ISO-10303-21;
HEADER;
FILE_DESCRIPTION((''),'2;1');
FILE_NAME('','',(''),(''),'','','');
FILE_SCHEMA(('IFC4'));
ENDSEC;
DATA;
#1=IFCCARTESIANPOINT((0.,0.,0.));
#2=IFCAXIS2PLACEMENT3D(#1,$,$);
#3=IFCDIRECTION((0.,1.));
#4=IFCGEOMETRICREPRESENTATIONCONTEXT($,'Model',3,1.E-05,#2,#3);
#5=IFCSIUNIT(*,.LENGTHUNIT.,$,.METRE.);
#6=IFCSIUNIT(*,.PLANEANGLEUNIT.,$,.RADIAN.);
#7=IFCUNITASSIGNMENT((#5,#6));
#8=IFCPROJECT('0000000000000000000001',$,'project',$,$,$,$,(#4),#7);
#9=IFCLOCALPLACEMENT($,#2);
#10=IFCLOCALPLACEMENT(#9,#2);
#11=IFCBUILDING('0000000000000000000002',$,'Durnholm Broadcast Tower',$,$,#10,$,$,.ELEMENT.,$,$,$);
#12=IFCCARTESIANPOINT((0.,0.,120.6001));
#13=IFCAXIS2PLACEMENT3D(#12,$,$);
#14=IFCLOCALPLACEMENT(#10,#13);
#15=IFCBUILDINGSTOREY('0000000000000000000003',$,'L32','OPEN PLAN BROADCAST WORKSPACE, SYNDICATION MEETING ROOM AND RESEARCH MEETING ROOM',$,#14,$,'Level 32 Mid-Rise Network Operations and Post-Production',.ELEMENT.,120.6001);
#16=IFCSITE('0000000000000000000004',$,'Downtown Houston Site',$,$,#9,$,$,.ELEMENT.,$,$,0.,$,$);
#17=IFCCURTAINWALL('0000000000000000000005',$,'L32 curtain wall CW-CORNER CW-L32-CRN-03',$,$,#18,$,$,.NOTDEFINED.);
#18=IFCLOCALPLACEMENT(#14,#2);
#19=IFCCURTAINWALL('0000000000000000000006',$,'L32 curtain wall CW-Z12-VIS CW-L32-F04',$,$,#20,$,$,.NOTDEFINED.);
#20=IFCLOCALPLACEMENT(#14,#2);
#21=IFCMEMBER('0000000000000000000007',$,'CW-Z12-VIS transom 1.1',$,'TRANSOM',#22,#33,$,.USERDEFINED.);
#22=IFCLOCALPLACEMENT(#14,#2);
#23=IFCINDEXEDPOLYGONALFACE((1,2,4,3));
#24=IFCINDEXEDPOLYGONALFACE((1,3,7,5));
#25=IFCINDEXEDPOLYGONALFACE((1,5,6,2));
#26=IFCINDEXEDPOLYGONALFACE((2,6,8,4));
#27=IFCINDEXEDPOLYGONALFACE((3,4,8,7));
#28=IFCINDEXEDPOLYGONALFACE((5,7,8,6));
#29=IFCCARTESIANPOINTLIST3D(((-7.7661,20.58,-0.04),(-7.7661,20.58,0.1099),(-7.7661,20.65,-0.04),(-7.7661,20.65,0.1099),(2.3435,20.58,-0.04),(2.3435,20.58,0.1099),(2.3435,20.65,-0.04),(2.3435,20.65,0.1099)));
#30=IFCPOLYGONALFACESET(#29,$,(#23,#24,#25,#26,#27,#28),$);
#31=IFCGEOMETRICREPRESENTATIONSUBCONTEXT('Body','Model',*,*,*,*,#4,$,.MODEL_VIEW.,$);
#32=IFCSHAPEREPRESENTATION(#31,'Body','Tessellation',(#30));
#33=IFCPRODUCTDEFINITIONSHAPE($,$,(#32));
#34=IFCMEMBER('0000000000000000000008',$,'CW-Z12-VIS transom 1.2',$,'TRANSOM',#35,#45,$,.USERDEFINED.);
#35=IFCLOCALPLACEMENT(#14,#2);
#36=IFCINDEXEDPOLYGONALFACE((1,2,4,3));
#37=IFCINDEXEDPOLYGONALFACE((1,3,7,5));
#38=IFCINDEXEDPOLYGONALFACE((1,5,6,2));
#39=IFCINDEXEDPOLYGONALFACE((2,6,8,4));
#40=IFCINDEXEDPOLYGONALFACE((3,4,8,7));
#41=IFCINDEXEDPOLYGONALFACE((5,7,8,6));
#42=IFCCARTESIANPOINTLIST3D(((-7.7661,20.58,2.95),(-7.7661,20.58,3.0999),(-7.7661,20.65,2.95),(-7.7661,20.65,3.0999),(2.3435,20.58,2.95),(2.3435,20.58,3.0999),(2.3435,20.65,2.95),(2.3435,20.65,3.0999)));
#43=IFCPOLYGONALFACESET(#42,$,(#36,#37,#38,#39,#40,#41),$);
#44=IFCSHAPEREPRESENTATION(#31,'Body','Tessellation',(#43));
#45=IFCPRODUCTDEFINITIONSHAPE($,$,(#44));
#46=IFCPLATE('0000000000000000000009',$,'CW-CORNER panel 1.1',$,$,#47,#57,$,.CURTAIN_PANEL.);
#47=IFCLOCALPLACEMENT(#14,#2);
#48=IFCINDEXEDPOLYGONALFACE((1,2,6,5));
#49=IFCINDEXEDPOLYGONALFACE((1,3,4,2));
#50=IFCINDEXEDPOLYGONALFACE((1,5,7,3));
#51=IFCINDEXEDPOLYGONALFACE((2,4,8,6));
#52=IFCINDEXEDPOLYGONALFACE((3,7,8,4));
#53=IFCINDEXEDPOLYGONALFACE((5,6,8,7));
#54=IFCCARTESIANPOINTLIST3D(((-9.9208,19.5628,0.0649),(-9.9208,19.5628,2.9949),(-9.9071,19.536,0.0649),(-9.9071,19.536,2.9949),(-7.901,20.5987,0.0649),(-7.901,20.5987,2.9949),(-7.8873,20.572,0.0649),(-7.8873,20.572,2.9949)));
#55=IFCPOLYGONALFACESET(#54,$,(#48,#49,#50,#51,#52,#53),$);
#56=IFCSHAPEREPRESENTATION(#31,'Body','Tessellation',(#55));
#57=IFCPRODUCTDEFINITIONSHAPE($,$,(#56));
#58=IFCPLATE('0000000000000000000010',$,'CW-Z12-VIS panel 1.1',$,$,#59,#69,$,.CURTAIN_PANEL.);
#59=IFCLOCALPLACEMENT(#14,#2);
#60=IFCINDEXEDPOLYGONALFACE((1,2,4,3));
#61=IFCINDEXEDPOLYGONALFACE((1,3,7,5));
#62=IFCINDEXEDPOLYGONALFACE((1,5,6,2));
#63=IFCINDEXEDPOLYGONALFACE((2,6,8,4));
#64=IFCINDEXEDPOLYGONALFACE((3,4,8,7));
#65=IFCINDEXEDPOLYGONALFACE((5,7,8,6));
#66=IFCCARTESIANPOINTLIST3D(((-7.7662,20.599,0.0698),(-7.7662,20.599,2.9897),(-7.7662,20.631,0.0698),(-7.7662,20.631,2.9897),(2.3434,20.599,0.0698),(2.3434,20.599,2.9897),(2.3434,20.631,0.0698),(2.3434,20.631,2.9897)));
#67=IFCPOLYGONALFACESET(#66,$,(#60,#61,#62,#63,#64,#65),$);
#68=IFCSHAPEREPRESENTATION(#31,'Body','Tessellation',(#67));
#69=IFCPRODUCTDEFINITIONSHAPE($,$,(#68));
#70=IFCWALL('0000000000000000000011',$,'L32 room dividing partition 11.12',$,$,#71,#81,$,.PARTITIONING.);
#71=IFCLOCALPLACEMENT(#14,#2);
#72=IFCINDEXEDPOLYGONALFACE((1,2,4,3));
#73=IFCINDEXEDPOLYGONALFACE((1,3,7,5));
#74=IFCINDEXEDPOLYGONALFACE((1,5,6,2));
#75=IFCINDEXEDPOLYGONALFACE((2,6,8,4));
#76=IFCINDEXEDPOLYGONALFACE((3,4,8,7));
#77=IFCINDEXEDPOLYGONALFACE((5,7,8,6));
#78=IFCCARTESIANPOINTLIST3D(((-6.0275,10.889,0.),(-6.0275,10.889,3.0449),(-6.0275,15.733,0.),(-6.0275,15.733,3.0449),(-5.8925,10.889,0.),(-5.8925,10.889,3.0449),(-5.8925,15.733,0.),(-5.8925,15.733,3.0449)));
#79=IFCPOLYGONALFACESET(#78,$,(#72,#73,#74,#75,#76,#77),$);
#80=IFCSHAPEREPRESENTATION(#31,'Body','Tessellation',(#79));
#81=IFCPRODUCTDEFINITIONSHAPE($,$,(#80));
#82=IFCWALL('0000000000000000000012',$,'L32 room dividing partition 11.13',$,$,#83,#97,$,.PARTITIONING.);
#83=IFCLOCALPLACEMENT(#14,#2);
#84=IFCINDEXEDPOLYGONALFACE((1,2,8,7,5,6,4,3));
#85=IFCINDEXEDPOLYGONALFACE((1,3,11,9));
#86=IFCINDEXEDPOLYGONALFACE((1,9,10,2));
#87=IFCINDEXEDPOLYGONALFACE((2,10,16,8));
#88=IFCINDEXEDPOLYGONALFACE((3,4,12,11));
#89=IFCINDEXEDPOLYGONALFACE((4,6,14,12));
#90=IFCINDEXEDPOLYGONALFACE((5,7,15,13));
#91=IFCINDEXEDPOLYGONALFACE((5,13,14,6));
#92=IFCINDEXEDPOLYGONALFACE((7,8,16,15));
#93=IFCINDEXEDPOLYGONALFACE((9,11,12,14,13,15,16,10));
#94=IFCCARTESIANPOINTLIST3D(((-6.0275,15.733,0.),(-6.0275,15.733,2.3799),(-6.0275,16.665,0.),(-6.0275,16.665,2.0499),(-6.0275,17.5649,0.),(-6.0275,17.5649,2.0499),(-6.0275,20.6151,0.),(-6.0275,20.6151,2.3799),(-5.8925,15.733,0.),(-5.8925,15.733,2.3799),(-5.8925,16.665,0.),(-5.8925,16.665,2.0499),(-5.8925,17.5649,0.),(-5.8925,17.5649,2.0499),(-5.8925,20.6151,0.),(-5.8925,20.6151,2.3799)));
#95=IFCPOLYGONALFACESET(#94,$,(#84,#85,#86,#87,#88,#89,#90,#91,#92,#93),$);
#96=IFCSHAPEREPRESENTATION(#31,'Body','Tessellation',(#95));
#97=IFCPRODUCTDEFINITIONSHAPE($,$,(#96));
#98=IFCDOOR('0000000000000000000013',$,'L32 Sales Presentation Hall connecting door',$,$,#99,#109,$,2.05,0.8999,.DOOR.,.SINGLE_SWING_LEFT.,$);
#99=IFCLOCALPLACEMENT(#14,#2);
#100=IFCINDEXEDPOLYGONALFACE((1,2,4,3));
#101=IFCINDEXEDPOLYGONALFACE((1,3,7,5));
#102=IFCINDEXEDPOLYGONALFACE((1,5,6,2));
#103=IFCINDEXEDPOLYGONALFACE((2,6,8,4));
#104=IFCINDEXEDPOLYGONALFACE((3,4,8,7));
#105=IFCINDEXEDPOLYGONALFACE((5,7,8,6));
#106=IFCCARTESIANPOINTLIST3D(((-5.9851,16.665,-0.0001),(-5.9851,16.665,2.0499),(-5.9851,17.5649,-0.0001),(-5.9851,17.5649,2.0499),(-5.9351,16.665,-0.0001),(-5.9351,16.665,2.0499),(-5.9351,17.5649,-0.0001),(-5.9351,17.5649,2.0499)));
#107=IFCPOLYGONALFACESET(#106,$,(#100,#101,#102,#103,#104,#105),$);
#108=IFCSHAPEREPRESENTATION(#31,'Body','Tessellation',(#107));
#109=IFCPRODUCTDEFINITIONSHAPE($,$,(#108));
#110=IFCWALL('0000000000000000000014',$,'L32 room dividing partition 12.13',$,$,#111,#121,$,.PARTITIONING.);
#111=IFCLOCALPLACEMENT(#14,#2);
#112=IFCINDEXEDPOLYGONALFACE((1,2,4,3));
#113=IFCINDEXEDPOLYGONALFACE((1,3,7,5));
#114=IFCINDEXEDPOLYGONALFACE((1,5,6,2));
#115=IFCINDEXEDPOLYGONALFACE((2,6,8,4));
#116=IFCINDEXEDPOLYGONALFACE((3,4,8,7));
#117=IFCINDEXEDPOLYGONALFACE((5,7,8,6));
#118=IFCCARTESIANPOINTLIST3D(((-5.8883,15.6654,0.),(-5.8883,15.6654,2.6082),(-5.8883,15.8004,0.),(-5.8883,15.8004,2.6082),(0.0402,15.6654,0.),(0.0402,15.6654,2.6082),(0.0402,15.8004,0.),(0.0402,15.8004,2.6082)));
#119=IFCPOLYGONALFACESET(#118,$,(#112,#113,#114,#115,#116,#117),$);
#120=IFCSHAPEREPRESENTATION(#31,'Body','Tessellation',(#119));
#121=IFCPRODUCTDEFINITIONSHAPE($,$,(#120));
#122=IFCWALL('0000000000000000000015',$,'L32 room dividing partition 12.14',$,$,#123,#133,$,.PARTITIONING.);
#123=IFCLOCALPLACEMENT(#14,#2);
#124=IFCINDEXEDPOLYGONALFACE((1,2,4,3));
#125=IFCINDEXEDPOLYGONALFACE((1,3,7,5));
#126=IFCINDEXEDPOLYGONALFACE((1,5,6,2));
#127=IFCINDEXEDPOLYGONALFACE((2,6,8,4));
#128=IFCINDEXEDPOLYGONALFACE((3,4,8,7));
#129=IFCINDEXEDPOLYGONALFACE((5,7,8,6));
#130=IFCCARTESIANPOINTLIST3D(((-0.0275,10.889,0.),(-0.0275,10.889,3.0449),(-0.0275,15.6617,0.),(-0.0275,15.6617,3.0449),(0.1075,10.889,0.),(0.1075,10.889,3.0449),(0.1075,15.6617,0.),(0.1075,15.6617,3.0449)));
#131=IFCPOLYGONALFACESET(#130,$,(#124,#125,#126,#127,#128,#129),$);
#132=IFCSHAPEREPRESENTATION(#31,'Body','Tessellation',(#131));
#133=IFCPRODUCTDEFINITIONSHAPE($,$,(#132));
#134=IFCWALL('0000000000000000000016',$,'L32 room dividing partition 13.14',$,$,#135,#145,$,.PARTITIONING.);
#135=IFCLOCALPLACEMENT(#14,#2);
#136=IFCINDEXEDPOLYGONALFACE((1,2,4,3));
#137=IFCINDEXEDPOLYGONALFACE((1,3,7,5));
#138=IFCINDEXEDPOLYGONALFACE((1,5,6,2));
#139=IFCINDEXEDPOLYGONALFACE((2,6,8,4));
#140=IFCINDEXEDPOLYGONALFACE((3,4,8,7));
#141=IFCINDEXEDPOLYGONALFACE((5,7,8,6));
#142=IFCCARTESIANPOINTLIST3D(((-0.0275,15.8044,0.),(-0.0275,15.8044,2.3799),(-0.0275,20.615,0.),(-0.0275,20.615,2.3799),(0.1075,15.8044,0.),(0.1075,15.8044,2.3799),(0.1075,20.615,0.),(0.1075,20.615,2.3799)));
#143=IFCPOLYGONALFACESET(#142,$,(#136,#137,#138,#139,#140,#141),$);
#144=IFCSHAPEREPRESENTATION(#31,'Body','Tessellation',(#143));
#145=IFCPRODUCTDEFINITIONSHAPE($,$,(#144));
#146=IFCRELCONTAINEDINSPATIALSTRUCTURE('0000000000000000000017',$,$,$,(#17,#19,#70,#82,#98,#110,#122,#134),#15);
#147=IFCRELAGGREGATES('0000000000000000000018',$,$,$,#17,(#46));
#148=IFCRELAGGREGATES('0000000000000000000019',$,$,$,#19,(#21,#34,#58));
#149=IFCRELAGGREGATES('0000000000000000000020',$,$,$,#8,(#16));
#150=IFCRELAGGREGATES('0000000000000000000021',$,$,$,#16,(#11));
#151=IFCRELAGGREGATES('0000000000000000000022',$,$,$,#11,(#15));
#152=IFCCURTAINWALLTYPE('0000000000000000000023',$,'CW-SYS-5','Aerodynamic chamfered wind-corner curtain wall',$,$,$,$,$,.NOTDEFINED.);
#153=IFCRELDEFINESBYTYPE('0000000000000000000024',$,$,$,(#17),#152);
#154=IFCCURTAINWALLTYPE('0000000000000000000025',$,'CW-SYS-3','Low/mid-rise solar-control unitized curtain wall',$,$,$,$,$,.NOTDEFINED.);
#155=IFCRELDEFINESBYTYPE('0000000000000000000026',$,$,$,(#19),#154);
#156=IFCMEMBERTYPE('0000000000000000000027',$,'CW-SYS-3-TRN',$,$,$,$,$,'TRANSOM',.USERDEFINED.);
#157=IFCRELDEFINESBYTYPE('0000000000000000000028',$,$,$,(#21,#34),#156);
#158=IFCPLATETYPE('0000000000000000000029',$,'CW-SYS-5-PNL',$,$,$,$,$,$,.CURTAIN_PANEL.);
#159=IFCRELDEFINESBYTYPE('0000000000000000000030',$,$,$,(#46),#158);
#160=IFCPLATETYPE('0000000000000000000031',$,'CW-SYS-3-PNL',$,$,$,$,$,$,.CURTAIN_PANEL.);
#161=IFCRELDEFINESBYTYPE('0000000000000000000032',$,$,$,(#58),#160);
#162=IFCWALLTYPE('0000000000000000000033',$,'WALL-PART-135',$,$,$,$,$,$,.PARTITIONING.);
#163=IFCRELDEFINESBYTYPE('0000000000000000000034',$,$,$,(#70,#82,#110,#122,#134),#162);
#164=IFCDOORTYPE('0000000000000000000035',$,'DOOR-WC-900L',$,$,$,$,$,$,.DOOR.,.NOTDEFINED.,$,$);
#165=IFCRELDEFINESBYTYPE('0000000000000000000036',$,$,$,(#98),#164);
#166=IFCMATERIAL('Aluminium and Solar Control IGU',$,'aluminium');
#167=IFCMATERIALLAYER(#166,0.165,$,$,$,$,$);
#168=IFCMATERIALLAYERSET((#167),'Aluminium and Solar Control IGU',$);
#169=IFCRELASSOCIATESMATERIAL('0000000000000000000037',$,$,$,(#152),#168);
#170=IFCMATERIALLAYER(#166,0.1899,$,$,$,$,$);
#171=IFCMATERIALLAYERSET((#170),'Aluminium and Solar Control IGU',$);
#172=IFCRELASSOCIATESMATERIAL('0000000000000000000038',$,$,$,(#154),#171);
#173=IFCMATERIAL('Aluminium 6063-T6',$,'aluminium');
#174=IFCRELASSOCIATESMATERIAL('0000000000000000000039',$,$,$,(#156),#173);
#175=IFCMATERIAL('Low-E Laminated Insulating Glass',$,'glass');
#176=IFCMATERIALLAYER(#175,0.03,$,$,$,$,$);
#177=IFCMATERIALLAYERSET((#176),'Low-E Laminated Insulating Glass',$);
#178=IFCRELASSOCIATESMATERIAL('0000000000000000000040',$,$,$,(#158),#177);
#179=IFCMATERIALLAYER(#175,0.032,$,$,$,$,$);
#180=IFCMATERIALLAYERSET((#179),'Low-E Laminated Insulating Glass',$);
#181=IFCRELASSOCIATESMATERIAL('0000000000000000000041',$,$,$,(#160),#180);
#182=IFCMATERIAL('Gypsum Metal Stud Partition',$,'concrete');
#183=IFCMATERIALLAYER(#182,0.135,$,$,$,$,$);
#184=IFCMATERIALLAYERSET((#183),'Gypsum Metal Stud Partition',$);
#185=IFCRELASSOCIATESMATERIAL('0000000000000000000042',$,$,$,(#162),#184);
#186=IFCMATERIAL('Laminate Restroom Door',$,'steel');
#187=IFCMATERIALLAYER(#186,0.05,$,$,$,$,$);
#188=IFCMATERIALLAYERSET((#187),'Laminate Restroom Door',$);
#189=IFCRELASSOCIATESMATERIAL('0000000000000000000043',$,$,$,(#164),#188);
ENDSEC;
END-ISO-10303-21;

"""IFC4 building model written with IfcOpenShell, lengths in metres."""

from ifc_helpers import new_model, si_unit, direction, frame, frame_2d, origin, origin_2d, place, context, subcontext, project, spatial, rectangle, extrude, source, transform, mapped, material, layer, layer_set, material_profile, profile_set, type_object, type_shapes, element, fill, aggregate, save


model = new_model("IFC4")

# Units and contexts
model_context = context("Model", 3, precision=1e-05, world=origin(), true_north=direction((0.0, 1.0)))
body_context = subcontext(model_context, "Body", "Model", "MODEL_VIEW")
ifc_project = project(units=[si_unit("LENGTHUNIT", "METRE"), si_unit("PLANEANGLEUNIT", "RADIAN")], contexts=[model_context])

# Site, building, storey
site_placement = place(None, origin())
site = spatial("IfcSite", under=ifc_project, at=site_placement, Name="Downtown Houston Site", CompositionType="ELEMENT", RefElevation=0.0)
building_placement = place(site_placement, origin())
building = spatial("IfcBuilding", under=site, at=building_placement, Name="Durnholm Broadcast Tower", CompositionType="ELEMENT")
storey_placement = place(building_placement, frame((0.0, 0.0, 120.6001)))
storey = spatial("IfcBuildingStorey", under=building, at=storey_placement, Name="L32", Description="OPEN PLAN BROADCAST WORKSPACE, SYNDICATION MEETING ROOM AND RESEARCH MEETING ROOM", LongName="Level 32 Mid-Rise Network Operations and Post-Production", CompositionType="ELEMENT", Elevation=120.6001)

# Curtain wall
ifc_material_1 = material(Name="Aluminium and Solar Control IGU", Category="aluminium")
ifc_layer_1 = layer(ifc_material_1, 0.165)
ifc_layer_set_1 = layer_set([ifc_layer_1], Name="Aluminium and Solar Control IGU")
curtain_wall_type_1 = type_object("IfcCurtainWallType", Name="CW-SYS-5", Description="Aerodynamic chamfered wind-corner curtain wall", PredefinedType="NOTDEFINED", material=ifc_layer_set_1)
curtain_wall_1_placement = place(storey_placement, origin())
curtain_wall_1 = element("IfcCurtainWall", 1, at=curtain_wall_1_placement, inside=storey, type_object=curtain_wall_type_1, Name="L32 curtain wall CW-CORNER CW-L32-CRN-03", PredefinedType="NOTDEFINED")
ifc_material_2 = material(Name="Aluminium 6063-T6", Category="aluminium")

# Curtain wall, members
ifc_layer_2 = layer(ifc_material_1, 0.1899)
ifc_layer_set_2 = layer_set([ifc_layer_2], Name="Aluminium and Solar Control IGU")
curtain_wall_type_2 = type_object("IfcCurtainWallType", Name="CW-SYS-3", Description="Low/mid-rise solar-control unitized curtain wall", PredefinedType="NOTDEFINED", material=ifc_layer_set_2)
curtain_wall_2_placement = place(storey_placement, origin())
curtain_wall_2 = element("IfcCurtainWall", 2, at=curtain_wall_2_placement, inside=storey, type_object=curtain_wall_type_2, Name="L32 curtain wall CW-Z12-VIS CW-L32-F04", PredefinedType="NOTDEFINED")
ifc_material_profile_1 = material_profile(ifc_material_2, rectangle(XDim=0.0701, YDim=0.1499, at=origin_2d()), Name="CWT70X150")
ifc_profile_set_1 = profile_set([ifc_material_profile_1], Name="Aluminium 6063-T6")
member_type_1 = type_object("IfcMemberType", Name="CW-SYS-3-TRN", ElementType="TRANSOM", PredefinedType="USERDEFINED", material=ifc_profile_set_1)
shared_shape_1 = source(origin(), body_context, "Body", "SweptSolid", [
    extrude(rectangle(XDim=0.0701, YDim=0.1499, at=origin_2d()), origin(), (0.0, 0.0, 1.0), 10.1096),
])
type_shapes(member_type_1, [shared_shape_1])
member_1_placement = place(storey_placement, frame((-7.7661, 20.615, 0.0349), z_axis=(1.0, 0.0, 0.0), x_axis=(0.0, 1.0, 0.0)))
member_1 = element("IfcMember", 3, at=member_1_placement, type_object=member_type_1, Name="CW-Z12-VIS transom 1.1", ObjectType="TRANSOM", PredefinedType="USERDEFINED", context=body_context, shape_type="MappedRepresentation", body=[
    mapped(shared_shape_1, transform((0.0, 0.0, 0.0), x_axis=(1.0, 0.0, 0.0), y_axis=(0.0, 1.0, 0.0), z_axis=(0.0, 0.0, 1.0), scale=1.0)),
])
member_2_placement = place(storey_placement, frame((-7.7661, 20.615, 3.0249), z_axis=(1.0, 0.0, 0.0), x_axis=(0.0, 1.0, 0.0)))
member_2 = element("IfcMember", 4, at=member_2_placement, type_object=member_type_1, Name="CW-Z12-VIS transom 1.2", ObjectType="TRANSOM", PredefinedType="USERDEFINED", context=body_context, shape_type="MappedRepresentation", body=[
    mapped(shared_shape_1, transform((0.0, 0.0, 0.0), x_axis=(1.0, 0.0, 0.0), y_axis=(0.0, 1.0, 0.0), z_axis=(0.0, 0.0, 1.0), scale=1.0)),
])

# Plates
ifc_material_3 = material(Name="Low-E Laminated Insulating Glass", Category="glass")
ifc_layer_3 = layer(ifc_material_3, 0.03)
ifc_layer_set_3 = layer_set([ifc_layer_3], Name="Low-E Laminated Insulating Glass")
plate_type_1 = type_object("IfcPlateType", Name="CW-SYS-5-PNL", PredefinedType="CURTAIN_PANEL", material=ifc_layer_set_3)
shared_shape_2 = source(origin(), body_context, "Body", "SweptSolid", [
    extrude(rectangle(XDim=2.27, YDim=0.03, at=origin_2d()), origin(), (0.0, 0.0, 1.0), 2.9299),
])
type_shapes(plate_type_1, [shared_shape_2])
plate_1_placement = place(storey_placement, frame((-8.9041, 20.0674, 0.0649), z_axis=(0.0, 0.0, 1.0), x_axis=(0.889788, 0.456373, 0.0)))
plate_1 = element("IfcPlate", 5, at=plate_1_placement, type_object=plate_type_1, Name="CW-CORNER panel 1.1", PredefinedType="CURTAIN_PANEL", context=body_context, shape_type="MappedRepresentation", body=[
    mapped(shared_shape_2, transform((0.0, 0.0, 0.0), x_axis=(1.0, 0.0, 0.0), y_axis=(0.0, 1.0, 0.0), z_axis=(0.0, 0.0, 1.0), scale=1.0)),
])
aggregate(curtain_wall_1, [plate_1])
ifc_layer_4 = layer(ifc_material_3, 0.032)
ifc_layer_set_4 = layer_set([ifc_layer_4], Name="Low-E Laminated Insulating Glass")
plate_type_2 = type_object("IfcPlateType", Name="CW-SYS-3-PNL", PredefinedType="CURTAIN_PANEL", material=ifc_layer_set_4)
shared_shape_3 = source(origin(), body_context, "Body", "SweptSolid", [
    extrude(rectangle(XDim=10.1096, YDim=0.032, at=origin_2d()), origin(), (0.0, 0.0, 1.0), 2.9199),
])
type_shapes(plate_type_2, [shared_shape_3])
plate_2_placement = place(storey_placement, frame((-2.7114, 20.615, 0.0698), z_axis=(0.0, 0.0, 1.0), x_axis=(1.0, 0.0, 0.0)))
plate_2 = element("IfcPlate", 6, at=plate_2_placement, type_object=plate_type_2, Name="CW-Z12-VIS panel 1.1", PredefinedType="CURTAIN_PANEL", context=body_context, shape_type="MappedRepresentation", body=[
    mapped(shared_shape_3, transform((0.0, 0.0, 0.0), x_axis=(1.0, 0.0, 0.0), y_axis=(0.0, 1.0, 0.0), z_axis=(0.0, 0.0, 1.0), scale=1.0)),
])
aggregate(curtain_wall_2, [member_1, member_2, plate_2])

# Wall
ifc_material_4 = material(Name="Gypsum Metal Stud Partition", Category="concrete")
ifc_layer_5 = layer(ifc_material_4, 0.135)
ifc_layer_set_5 = layer_set([ifc_layer_5], Name="Gypsum Metal Stud Partition")
wall_type = type_object("IfcWallType", Name="WALL-PART-135", PredefinedType="PARTITIONING", material=ifc_layer_set_5)
wall_1_placement = place(storey_placement, frame((-5.96, 15.7329, 0.0), z_axis=(0.0, 0.0, 1.0), x_axis=(0.0, -1.0, 0.0)))
element("IfcWall", 7, at=wall_1_placement, inside=storey, type_object=wall_type, Name="L32 room dividing partition 11.12", PredefinedType="PARTITIONING", context=body_context, shape_type="SweptSolid", body=[
    extrude(rectangle(XDim=4.844, YDim=0.135, at=frame_2d((2.4219, 0.0))), origin(), (0.0, 0.0, 1.0), 3.0449),
])

# Wall, opening, door
wall_2_placement = place(storey_placement, frame((-5.96, 20.615, 0.0), z_axis=(0.0, 0.0, 1.0), x_axis=(0.0, -1.0, 0.0)))
wall_2 = element("IfcWall", 8, at=wall_2_placement, inside=storey, type_object=wall_type, Name="L32 room dividing partition 11.13", PredefinedType="PARTITIONING", context=body_context, shape_type="SweptSolid", body=[
    extrude(rectangle(XDim=4.8821, YDim=0.135, at=frame_2d((2.4409, 0.0))), origin(), (0.0, 0.0, 1.0), 2.3799),
])
opening_placement = place(wall_2_placement, frame((3.05, 0.0, 0.0)))
opening = element("IfcOpeningElement", 9, at=opening_placement, cuts=wall_2, PredefinedType="OPENING", context=body_context, shape_type="SweptSolid", body=[
    extrude(rectangle(XDim=0.8999, YDim=2.05, at=frame_2d((0.45, 1.0249))), frame((0.0, 0.0776, 0.0), z_axis=(0.0, -1.0, 0.0), x_axis=(1.0, 0.0, 0.0)), (0.0, 0.0, 1.0), 0.155),
])
ifc_material_5 = material(Name="Laminate Restroom Door", Category="steel")
ifc_layer_6 = layer(ifc_material_5, 0.05)
ifc_layer_set_6 = layer_set([ifc_layer_6], Name="Laminate Restroom Door")
door_type = type_object("IfcDoorType", Name="DOOR-WC-900L", OperationType="NOTDEFINED", PredefinedType="DOOR", material=ifc_layer_set_6)
shared_shape_4 = source(origin(), body_context, "Body", "SweptSolid", [
    extrude(rectangle(XDim=0.8999, YDim=2.05, at=frame_2d((0.45, 1.0249))), frame((0.0, 0.0249, 0.0), z_axis=(0.0, -1.0, 0.0), x_axis=(1.0, 0.0, 0.0)), (0.0, 0.0, 1.0), 0.05),
])
type_shapes(door_type, [shared_shape_4])
door_placement = place(opening_placement, origin())
door = element("IfcDoor", 10, at=door_placement, inside=storey, type_object=door_type, Name="L32 Sales Presentation Hall connecting door", OperationType="SINGLE_SWING_LEFT", OverallHeight=2.05, OverallWidth=0.8999, PredefinedType="DOOR", context=body_context, shape_type="MappedRepresentation", body=[
    mapped(shared_shape_4, transform((0.0, 0.0, 0.0), x_axis=(1.0, 0.0, 0.0), y_axis=(0.0, 1.0, 0.0), z_axis=(0.0, 0.0, 1.0), scale=1.0)),
])
fill(opening, door)

# Walls
wall_3_placement = place(storey_placement, frame((-5.8884, 15.7329, 0.0), z_axis=(0.0, 0.0, 1.0), x_axis=(1.0, 0.0, 0.0)))
element("IfcWall", 11, at=wall_3_placement, inside=storey, type_object=wall_type, Name="L32 room dividing partition 12.13", PredefinedType="PARTITIONING", context=body_context, shape_type="SweptSolid", body=[
    extrude(rectangle(XDim=5.9285, YDim=0.135, at=frame_2d((2.9644, 0.0))), origin(), (0.0, 0.0, 1.0), 2.6082),
])
wall_4_placement = place(storey_placement, frame((0.04, 15.6616, 0.0), z_axis=(0.0, 0.0, 1.0), x_axis=(0.0, -1.0, 0.0)))
element("IfcWall", 12, at=wall_4_placement, inside=storey, type_object=wall_type, Name="L32 room dividing partition 12.14", PredefinedType="PARTITIONING", context=body_context, shape_type="SweptSolid", body=[
    extrude(rectangle(XDim=4.7727, YDim=0.135, at=frame_2d((2.3862, 0.0))), origin(), (0.0, 0.0, 1.0), 3.0449),
])
wall_5_placement = place(storey_placement, frame((0.04, 20.615, 0.0), z_axis=(0.0, 0.0, 1.0), x_axis=(0.0, -1.0, 0.0)))
element("IfcWall", 13, at=wall_5_placement, inside=storey, type_object=wall_type, Name="L32 room dividing partition 13.14", PredefinedType="PARTITIONING", context=body_context, shape_type="SweptSolid", body=[
    extrude(rectangle(XDim=4.8105, YDim=0.135, at=frame_2d((2.4053, 0.0))), origin(), (0.0, 0.0, 1.0), 2.3799),
])

save(model, "model.ifc")
